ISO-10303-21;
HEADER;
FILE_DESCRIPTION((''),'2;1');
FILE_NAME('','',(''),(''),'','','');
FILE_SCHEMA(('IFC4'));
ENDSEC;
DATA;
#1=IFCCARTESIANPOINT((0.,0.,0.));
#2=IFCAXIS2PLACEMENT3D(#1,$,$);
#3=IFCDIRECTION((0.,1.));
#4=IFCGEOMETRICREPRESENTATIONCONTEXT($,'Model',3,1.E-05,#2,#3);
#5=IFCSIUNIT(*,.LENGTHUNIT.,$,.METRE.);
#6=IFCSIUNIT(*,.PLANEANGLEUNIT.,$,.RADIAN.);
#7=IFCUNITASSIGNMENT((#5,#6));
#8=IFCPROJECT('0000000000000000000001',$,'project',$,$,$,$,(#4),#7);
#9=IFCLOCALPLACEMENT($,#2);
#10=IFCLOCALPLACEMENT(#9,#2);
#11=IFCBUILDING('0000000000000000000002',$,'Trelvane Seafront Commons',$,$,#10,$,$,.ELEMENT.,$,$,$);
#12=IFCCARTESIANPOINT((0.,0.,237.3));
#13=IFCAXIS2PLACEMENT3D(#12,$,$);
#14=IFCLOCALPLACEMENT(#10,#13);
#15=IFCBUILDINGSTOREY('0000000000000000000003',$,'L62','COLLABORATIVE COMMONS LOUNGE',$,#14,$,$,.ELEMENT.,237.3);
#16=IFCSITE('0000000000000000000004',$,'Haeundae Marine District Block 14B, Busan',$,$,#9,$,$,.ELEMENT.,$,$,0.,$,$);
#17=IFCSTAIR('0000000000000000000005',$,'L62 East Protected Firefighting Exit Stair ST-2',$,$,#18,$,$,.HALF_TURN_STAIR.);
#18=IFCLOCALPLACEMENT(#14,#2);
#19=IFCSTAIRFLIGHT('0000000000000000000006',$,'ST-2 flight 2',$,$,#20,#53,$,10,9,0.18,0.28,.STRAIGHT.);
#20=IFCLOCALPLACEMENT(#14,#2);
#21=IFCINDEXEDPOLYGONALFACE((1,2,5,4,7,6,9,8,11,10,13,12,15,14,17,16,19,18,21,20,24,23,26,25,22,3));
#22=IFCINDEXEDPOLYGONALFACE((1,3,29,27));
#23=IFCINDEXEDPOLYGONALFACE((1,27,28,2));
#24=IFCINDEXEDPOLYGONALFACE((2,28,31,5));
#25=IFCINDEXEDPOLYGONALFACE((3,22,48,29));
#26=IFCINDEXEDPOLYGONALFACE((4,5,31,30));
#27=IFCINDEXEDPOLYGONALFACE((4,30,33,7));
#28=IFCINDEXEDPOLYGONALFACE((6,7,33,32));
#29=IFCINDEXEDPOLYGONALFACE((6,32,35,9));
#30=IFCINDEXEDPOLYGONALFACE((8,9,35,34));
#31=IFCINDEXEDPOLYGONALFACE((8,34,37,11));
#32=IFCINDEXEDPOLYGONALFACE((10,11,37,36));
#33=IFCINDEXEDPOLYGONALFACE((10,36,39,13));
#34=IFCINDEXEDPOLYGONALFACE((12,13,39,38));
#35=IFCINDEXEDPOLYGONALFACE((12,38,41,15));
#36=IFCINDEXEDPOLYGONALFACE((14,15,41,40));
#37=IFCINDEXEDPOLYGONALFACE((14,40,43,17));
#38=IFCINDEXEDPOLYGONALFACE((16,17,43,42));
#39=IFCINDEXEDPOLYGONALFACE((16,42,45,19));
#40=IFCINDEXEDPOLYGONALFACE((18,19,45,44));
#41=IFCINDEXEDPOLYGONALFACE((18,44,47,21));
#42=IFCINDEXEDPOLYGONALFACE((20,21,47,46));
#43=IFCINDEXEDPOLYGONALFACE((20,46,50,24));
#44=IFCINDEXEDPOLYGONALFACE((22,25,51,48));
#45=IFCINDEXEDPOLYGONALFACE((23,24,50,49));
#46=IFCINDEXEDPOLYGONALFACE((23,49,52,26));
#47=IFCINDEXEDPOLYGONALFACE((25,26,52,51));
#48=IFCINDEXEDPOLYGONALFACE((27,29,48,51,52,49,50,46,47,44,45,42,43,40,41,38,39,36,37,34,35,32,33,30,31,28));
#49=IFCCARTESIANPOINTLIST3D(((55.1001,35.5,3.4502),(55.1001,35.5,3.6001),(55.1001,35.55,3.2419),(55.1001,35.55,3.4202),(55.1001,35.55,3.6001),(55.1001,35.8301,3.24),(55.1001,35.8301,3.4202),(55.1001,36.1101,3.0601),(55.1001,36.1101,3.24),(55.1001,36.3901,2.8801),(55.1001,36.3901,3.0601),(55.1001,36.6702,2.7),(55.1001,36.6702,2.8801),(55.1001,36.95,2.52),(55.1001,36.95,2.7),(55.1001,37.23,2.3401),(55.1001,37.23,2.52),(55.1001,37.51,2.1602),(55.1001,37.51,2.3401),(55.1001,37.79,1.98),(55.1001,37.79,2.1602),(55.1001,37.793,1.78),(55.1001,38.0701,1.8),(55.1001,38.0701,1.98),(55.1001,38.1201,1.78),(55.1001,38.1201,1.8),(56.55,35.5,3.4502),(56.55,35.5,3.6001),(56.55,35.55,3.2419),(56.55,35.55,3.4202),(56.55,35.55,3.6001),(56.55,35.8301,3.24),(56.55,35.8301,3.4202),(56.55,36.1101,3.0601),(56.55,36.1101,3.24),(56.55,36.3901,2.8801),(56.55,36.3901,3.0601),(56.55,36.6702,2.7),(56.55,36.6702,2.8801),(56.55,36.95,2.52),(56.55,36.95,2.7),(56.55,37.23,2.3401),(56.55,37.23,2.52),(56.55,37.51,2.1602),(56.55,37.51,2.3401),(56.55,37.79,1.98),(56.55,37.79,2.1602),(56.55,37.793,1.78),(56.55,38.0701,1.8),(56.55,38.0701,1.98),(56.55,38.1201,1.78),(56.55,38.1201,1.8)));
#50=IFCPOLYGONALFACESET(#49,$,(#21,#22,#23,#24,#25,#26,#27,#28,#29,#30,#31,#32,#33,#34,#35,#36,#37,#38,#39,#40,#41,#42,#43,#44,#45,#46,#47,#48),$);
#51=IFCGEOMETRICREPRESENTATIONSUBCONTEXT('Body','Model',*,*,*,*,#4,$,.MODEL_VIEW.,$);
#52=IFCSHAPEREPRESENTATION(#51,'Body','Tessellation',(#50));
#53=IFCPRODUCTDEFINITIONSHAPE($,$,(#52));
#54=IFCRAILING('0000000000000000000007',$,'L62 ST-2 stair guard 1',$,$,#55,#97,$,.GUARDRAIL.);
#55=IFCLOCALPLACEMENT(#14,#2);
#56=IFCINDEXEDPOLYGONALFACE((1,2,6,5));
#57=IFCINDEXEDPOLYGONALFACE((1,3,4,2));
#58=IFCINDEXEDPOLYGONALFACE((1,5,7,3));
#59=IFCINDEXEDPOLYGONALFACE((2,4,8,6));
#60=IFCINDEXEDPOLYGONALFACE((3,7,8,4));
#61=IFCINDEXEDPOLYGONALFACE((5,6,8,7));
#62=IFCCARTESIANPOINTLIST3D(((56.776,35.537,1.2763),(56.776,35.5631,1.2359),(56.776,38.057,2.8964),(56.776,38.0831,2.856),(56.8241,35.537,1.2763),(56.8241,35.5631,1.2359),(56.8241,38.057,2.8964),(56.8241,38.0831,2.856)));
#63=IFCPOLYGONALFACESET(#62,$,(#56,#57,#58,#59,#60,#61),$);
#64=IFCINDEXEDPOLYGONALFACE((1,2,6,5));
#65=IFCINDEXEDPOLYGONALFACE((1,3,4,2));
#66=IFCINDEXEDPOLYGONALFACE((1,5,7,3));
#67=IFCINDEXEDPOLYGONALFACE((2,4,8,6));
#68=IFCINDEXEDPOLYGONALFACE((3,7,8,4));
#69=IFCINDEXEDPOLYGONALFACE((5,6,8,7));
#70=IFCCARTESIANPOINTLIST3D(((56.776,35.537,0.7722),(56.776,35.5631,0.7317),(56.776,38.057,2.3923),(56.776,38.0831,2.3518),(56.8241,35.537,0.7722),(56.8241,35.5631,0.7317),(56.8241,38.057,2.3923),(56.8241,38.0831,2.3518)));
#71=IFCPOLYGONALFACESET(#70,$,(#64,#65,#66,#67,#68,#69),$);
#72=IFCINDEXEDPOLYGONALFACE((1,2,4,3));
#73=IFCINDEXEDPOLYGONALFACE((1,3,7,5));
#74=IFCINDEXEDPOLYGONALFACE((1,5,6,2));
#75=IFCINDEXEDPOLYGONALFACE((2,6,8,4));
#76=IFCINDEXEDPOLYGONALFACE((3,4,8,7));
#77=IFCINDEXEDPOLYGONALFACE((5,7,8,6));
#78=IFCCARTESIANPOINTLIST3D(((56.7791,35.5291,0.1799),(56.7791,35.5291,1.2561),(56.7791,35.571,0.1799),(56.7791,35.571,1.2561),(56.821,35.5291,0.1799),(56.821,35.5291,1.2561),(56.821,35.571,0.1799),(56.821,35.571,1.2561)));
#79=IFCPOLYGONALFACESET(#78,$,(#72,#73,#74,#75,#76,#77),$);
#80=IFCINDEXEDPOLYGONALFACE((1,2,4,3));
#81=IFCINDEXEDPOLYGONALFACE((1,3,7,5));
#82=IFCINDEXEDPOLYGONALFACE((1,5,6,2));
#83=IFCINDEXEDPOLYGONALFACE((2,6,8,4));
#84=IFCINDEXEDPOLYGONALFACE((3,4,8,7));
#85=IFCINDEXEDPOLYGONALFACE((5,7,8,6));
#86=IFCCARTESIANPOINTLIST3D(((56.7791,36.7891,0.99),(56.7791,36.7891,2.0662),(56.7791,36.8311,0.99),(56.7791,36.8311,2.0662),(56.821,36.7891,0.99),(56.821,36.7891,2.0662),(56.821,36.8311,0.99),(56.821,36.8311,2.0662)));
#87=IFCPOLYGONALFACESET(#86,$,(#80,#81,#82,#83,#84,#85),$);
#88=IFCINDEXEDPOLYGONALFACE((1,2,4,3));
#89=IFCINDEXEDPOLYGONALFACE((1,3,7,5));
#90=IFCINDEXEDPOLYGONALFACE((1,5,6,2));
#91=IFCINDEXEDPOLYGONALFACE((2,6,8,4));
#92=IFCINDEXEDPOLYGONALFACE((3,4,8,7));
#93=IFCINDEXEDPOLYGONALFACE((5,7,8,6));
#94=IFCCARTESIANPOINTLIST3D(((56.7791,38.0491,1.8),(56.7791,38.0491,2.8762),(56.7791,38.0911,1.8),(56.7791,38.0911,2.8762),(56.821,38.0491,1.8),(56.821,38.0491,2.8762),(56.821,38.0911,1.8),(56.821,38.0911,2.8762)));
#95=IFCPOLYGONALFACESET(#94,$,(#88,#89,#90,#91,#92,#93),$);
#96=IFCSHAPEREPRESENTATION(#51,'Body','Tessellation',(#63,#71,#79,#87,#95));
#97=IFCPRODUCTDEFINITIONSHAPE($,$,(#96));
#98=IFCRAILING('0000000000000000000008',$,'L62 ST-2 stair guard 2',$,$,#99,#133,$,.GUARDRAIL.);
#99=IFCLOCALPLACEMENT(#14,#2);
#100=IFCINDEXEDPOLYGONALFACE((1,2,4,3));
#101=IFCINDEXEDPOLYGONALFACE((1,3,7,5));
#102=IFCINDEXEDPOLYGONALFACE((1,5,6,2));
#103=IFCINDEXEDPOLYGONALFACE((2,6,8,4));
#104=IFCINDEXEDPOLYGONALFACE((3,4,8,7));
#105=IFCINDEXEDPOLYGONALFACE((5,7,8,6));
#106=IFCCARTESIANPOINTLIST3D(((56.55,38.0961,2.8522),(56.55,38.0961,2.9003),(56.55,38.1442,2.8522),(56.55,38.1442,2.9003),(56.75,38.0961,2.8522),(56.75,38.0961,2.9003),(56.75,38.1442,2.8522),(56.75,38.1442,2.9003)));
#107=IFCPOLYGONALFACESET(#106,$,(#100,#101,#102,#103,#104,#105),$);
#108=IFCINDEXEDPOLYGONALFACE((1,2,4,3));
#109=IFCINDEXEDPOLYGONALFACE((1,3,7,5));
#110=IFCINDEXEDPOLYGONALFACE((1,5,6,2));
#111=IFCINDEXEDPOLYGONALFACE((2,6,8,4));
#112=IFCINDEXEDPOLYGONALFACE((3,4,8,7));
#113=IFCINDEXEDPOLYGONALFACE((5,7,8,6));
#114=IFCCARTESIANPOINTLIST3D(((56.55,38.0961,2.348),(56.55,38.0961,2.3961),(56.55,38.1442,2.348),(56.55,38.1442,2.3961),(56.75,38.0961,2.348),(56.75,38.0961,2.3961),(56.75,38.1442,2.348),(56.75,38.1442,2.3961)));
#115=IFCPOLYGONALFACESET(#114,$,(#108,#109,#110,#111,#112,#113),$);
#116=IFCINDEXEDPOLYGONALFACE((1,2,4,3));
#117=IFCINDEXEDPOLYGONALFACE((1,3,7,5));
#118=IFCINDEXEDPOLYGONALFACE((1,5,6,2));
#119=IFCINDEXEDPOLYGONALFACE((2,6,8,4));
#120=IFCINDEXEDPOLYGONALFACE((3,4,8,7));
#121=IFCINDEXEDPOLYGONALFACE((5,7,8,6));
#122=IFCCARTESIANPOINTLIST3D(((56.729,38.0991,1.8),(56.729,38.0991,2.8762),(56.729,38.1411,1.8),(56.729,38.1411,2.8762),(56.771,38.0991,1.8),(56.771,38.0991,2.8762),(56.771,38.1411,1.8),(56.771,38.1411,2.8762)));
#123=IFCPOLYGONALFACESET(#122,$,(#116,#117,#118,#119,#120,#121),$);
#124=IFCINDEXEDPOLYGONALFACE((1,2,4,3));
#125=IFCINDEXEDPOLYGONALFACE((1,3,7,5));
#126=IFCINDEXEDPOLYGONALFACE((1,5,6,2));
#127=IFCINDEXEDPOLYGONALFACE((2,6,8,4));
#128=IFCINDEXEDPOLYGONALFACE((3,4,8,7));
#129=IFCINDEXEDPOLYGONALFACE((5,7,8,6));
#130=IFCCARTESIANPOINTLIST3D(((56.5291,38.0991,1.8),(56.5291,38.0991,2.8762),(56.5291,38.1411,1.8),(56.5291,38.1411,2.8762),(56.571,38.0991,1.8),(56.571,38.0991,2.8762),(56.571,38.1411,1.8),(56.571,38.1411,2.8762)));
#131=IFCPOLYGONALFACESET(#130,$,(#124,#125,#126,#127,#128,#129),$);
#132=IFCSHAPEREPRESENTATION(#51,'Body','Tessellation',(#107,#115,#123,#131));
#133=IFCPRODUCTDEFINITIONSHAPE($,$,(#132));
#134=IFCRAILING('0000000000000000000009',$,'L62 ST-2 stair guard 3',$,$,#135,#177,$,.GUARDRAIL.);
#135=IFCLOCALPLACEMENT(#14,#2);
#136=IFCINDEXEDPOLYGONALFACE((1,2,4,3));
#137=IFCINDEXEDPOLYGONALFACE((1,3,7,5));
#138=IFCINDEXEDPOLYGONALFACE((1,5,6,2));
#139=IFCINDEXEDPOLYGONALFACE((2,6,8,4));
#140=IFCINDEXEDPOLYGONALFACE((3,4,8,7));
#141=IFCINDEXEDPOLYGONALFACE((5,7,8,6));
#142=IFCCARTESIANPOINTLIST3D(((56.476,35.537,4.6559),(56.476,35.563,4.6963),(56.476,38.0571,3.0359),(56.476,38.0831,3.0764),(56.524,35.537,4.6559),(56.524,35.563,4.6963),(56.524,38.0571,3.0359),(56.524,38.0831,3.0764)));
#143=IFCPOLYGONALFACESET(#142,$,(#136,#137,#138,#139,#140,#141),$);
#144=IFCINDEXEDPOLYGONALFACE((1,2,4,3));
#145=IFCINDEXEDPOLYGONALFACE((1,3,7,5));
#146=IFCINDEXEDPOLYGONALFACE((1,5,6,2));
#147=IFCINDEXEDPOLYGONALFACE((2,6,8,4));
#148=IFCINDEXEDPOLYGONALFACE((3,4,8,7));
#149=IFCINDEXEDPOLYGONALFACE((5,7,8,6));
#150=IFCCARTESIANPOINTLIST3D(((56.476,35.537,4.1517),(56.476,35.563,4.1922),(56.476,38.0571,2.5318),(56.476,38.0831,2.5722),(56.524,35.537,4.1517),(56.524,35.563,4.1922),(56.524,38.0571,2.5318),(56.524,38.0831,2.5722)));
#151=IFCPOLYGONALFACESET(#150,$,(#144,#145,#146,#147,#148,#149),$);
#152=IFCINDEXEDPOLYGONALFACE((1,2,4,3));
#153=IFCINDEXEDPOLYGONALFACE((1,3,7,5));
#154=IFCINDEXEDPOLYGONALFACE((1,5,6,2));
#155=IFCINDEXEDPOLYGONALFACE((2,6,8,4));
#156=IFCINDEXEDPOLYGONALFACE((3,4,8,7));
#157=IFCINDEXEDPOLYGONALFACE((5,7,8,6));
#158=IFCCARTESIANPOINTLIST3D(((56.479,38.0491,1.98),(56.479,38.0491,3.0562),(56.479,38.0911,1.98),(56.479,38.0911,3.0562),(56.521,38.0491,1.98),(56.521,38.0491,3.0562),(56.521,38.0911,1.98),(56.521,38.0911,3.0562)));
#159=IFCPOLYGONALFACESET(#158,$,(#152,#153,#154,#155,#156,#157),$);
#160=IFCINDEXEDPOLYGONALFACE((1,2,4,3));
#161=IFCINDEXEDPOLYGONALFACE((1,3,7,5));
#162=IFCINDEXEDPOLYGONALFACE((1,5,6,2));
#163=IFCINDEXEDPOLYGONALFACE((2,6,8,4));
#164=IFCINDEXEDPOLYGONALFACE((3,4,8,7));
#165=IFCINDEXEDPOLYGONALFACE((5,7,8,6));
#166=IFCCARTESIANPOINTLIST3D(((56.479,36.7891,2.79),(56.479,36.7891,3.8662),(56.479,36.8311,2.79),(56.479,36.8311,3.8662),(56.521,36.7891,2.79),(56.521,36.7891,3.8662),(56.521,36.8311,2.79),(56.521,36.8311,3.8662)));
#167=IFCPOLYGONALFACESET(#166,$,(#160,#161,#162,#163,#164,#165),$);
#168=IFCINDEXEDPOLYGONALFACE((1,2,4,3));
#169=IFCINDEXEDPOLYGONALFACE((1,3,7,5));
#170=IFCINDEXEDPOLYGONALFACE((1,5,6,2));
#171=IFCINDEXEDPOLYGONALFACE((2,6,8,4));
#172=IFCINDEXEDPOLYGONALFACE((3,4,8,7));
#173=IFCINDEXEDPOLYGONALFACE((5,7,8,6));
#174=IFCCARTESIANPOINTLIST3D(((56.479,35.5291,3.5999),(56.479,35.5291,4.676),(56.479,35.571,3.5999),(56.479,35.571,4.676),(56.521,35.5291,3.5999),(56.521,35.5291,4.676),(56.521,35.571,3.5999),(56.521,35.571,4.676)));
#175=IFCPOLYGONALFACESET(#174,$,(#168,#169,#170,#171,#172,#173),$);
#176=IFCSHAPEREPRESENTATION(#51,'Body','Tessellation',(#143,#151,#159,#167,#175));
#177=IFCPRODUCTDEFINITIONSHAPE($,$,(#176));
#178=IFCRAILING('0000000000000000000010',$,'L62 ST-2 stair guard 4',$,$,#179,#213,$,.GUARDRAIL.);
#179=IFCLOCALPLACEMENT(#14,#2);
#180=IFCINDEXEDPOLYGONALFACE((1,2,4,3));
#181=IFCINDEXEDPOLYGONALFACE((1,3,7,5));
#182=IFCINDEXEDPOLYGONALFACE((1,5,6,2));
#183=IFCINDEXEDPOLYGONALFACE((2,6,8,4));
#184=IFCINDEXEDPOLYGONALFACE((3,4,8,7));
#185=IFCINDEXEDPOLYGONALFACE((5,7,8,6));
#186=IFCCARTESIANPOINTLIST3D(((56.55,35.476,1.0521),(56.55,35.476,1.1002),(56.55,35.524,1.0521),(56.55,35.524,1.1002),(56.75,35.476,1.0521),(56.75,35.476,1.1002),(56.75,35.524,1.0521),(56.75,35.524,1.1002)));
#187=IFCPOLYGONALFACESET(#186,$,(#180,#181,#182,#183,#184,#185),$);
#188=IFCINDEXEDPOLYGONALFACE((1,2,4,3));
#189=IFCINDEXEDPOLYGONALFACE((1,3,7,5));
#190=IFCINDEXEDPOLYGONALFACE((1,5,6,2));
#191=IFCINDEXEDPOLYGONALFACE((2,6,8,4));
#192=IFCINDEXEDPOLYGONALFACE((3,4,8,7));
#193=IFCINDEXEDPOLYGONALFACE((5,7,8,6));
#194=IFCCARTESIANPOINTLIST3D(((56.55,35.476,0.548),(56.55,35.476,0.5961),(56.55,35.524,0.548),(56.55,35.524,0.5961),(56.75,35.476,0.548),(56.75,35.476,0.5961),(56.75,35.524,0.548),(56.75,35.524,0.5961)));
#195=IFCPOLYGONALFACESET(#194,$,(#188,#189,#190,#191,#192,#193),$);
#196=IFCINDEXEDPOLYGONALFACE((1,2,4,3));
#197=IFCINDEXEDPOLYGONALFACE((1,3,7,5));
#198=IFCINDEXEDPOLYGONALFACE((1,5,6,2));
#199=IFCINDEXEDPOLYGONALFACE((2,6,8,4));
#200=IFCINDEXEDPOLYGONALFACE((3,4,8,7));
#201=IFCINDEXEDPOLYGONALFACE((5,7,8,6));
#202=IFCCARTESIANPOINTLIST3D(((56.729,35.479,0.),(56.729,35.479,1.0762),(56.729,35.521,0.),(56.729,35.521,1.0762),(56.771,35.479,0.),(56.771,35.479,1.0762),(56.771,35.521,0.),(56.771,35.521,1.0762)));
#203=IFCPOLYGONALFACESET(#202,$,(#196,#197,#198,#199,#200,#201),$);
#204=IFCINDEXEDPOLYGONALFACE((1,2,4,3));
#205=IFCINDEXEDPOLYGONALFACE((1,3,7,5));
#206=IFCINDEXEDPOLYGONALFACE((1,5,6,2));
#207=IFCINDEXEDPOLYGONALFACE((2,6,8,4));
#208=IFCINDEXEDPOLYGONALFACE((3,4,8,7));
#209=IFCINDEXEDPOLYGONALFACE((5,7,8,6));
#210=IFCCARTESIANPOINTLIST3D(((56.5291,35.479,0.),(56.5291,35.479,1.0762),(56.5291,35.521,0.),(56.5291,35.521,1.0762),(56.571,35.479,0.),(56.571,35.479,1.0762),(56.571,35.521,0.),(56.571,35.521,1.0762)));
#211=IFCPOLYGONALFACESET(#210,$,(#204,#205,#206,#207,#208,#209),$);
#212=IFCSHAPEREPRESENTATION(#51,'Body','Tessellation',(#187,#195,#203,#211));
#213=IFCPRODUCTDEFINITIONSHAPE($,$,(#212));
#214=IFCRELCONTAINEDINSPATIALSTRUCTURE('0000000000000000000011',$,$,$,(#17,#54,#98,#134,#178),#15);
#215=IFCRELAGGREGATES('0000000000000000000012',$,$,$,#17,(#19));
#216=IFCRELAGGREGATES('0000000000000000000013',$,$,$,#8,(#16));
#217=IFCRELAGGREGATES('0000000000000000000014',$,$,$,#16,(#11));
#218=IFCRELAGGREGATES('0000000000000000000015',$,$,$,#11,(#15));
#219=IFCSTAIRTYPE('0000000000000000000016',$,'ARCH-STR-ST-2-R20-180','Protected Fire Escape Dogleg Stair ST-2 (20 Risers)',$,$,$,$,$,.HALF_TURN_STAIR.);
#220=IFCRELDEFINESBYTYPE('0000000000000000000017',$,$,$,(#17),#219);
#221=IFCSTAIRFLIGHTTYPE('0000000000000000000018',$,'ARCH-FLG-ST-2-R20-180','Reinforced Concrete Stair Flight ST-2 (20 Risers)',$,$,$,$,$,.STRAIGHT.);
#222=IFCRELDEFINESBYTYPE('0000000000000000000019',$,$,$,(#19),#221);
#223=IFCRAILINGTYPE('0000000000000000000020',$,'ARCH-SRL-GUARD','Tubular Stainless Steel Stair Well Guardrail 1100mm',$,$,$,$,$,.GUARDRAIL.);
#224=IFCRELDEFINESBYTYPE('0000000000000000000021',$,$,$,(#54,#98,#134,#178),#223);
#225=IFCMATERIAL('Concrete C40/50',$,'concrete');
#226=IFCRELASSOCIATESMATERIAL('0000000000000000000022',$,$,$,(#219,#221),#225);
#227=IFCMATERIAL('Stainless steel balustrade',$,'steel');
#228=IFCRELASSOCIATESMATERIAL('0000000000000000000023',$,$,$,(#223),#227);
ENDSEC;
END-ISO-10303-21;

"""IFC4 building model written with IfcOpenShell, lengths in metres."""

from ifc_helpers import new_model, si_unit, direction, frame, origin, origin_2d, place, context, subcontext, project, spatial, polyline, rectangle, outline, extrude, source, transform, mapped, material, type_object, element, aggregate, save


model = new_model("IFC4")

# Units and contexts
model_context = context("Model", 3, precision=1e-05, world=origin(), true_north=direction((0.0, 1.0)))
body_context = subcontext(model_context, "Body", "Model", "MODEL_VIEW")
ifc_project = project(units=[si_unit("LENGTHUNIT", "METRE"), si_unit("PLANEANGLEUNIT", "RADIAN")], contexts=[model_context])

# Site, building, storey
site_placement = place(None, origin())
site = spatial("IfcSite", under=ifc_project, at=site_placement, Name="Haeundae Marine District Block 14B, Busan", CompositionType="ELEMENT", RefElevation=0.0)
building_placement = place(site_placement, origin())
building = spatial("IfcBuilding", under=site, at=building_placement, Name="Trelvane Seafront Commons", CompositionType="ELEMENT")
storey_placement = place(building_placement, frame((0.0, 0.0, 237.3)))
storey = spatial("IfcBuildingStorey", under=building, at=storey_placement, Name="L62", Description="COLLABORATIVE COMMONS LOUNGE", CompositionType="ELEMENT", Elevation=237.3)

# Shared definitions
ifc_material_1 = material(Name="Concrete C40/50", Category="concrete")

# Stair, stair flight
stair_type = type_object("IfcStairType", Name="ARCH-STR-ST-2-R20-180", Description="Protected Fire Escape Dogleg Stair ST-2 (20 Risers)", PredefinedType="HALF_TURN_STAIR", material=ifc_material_1)
stair_placement = place(storey_placement, origin())
stair = element("IfcStair", 1, at=stair_placement, inside=storey, type_object=stair_type, Name="L62 East Protected Firefighting Exit Stair ST-2", PredefinedType="HALF_TURN_STAIR")
stair_flight_type = type_object("IfcStairFlightType", Name="ARCH-FLG-ST-2-R20-180", Description="Reinforced Concrete Stair Flight ST-2 (20 Risers)", PredefinedType="STRAIGHT", material=ifc_material_1)
shared_shape_1 = source(origin(), body_context, "Body", "SweptSolid", [
    extrude(outline(polyline([(-0.05, -0.02), (-0.05, 0.0), (0.0, 0.0), (0.0, 0.1799), (0.28, 0.1799), (0.28, 0.3601), (0.5601, 0.3601), (0.5601, 0.54), (0.8401, 0.54), (0.8401, 0.72), (1.1201, 0.72), (1.1201, 0.8999), (1.3999, 0.8999), (1.3999, 1.0801), (1.6799, 1.0801), (1.6799, 1.26), (1.96, 1.26), (1.96, 1.4399), (2.24, 1.4399), (2.24, 1.6201), (2.52, 1.6201), (2.52, 1.8), (2.5701, 1.8), (2.5701, 1.6501), (2.52, 1.4419), (0.2771, -0.02), (-0.05, -0.02)])), frame((0.0, 0.7251, 0.0), z_axis=(0.0, -1.0, 0.0), x_axis=(1.0, 0.0, 0.0)), (0.0, 0.0, 1.0), 1.45),
])
stair_flight_1_placement = place(storey_placement, frame((55.825, 38.0701, 1.8), z_axis=(0.0, 0.0, 1.0), x_axis=(0.0, -1.0, 0.0)))
stair_flight_1 = element("IfcStairFlight", 2, at=stair_flight_1_placement, type_object=stair_flight_type, Name="ST-2 flight 2", NumberOfRisers=10, NumberOfTreads=9, PredefinedType="STRAIGHT", RiserHeight=0.18, TreadLength=0.28, context=body_context, shape_type="MappedRepresentation", body=[
    mapped(shared_shape_1, transform((0.0, 0.0, 0.0), x_axis=(1.0, 0.0, 0.0), y_axis=(0.0, 1.0, 0.0), z_axis=(0.0, 0.0, 1.0), scale=1.0)),
])
aggregate(stair, [stair_flight_1])

# Railings
ifc_material_2 = material(Name="Stainless steel balustrade", Category="steel")
railing_type_1 = type_object("IfcRailingType", Name="ARCH-SRL-GUARD", Description="Tubular Stainless Steel Stair Well Guardrail 1100mm", PredefinedType="GUARDRAIL", material=ifc_material_2)
railing_1_placement = place(storey_placement, frame((56.8, 35.55, 0.1799)))
element("IfcRailing", 3, at=railing_1_placement, inside=storey, type_object=railing_type_1, Name="L62 ST-2 stair guard 1", PredefinedType="GUARDRAIL", context=body_context, shape_type="SweptSolid", body=[
    extrude(rectangle(XDim=0.0481, YDim=0.0481, at=origin_2d()), frame((0.0, 0.0, 1.0762), z_axis=(0.0, 0.841163, 0.540782), x_axis=(-1.0, 0.0, 0.0)), (0.0, 0.0, 1.0), 2.9958),
    extrude(rectangle(XDim=0.0481, YDim=0.0481, at=origin_2d()), frame((0.0, 0.0, 0.572), z_axis=(0.0, 0.841163, 0.540782), x_axis=(-1.0, 0.0, 0.0)), (0.0, 0.0, 1.0), 2.9958),
    extrude(rectangle(XDim=0.042, YDim=0.042, at=origin_2d()), origin(), (0.0, 0.0, 1.0), 1.0762),
    extrude(rectangle(XDim=0.042, YDim=0.042, at=origin_2d()), frame((0.0, 1.26, 0.8101)), (0.0, 0.0, 1.0), 1.0762),
    extrude(rectangle(XDim=0.042, YDim=0.042, at=origin_2d()), frame((0.0, 2.52, 1.6201)), (0.0, 0.0, 1.0), 1.0762),
])
railing_2_placement = place(storey_placement, frame((56.75, 38.1201, 1.8)))
element("IfcRailing", 4, at=railing_2_placement, inside=storey, type_object=railing_type_1, Name="L62 ST-2 stair guard 2", PredefinedType="GUARDRAIL", context=body_context, shape_type="SweptSolid", body=[
    extrude(rectangle(XDim=0.0481, YDim=0.0481, at=origin_2d()), frame((0.0, 0.0, 1.0762), z_axis=(-1.0, 0.0, 0.0), x_axis=(0.0, -1.0, 0.0)), (0.0, 0.0, 1.0), 0.2),
    extrude(rectangle(XDim=0.0481, YDim=0.0481, at=origin_2d()), frame((0.0, 0.0, 0.572), z_axis=(-1.0, 0.0, 0.0), x_axis=(0.0, -1.0, 0.0)), (0.0, 0.0, 1.0), 0.2),
    extrude(rectangle(XDim=0.042, YDim=0.042, at=origin_2d()), origin(), (0.0, 0.0, 1.0), 1.0762),
    extrude(rectangle(XDim=0.042, YDim=0.042, at=origin_2d()), frame((-0.2, 0.0, 0.0)), (0.0, 0.0, 1.0), 1.0762),
])
railing_3_placement = place(storey_placement, frame((56.5, 38.0701, 1.98)))
element("IfcRailing", 5, at=railing_3_placement, inside=storey, type_object=railing_type_1, Name="L62 ST-2 stair guard 3", PredefinedType="GUARDRAIL", context=body_context, shape_type="SweptSolid", body=[
    extrude(rectangle(XDim=0.0481, YDim=0.0481, at=origin_2d()), frame((0.0, 0.0, 1.0762), z_axis=(0.0, -0.8412, 0.540725), x_axis=(1.0, 0.0, 0.0)), (0.0, 0.0, 1.0), 2.9958),
    extrude(rectangle(XDim=0.0481, YDim=0.0481, at=origin_2d()), frame((0.0, 0.0, 0.572), z_axis=(0.0, -0.8412, 0.540725), x_axis=(1.0, 0.0, 0.0)), (0.0, 0.0, 1.0), 2.9958),
    extrude(rectangle(XDim=0.042, YDim=0.042, at=origin_2d()), origin(), (0.0, 0.0, 1.0), 1.0762),
    extrude(rectangle(XDim=0.042, YDim=0.042, at=origin_2d()), frame((0.0, -1.26, 0.8101)), (0.0, 0.0, 1.0), 1.0762),
    extrude(rectangle(XDim=0.042, YDim=0.042, at=origin_2d()), frame((0.0, -2.52, 1.6199)), (0.0, 0.0, 1.0), 1.0762),
])
railing_4_placement = place(storey_placement, frame((56.75, 35.5, 0.0)))
element("IfcRailing", 6, at=railing_4_placement, inside=storey, type_object=railing_type_1, Name="L62 ST-2 stair guard 4", PredefinedType="GUARDRAIL", context=body_context, shape_type="SweptSolid", body=[
    extrude(rectangle(XDim=0.0481, YDim=0.0481, at=origin_2d()), frame((0.0, 0.0, 1.0762), z_axis=(-1.0, 0.0, 0.0), x_axis=(0.0, -1.0, 0.0)), (0.0, 0.0, 1.0), 0.2),
    extrude(rectangle(XDim=0.0481, YDim=0.0481, at=origin_2d()), frame((0.0, 0.0, 0.572), z_axis=(-1.0, 0.0, 0.0), x_axis=(0.0, -1.0, 0.0)), (0.0, 0.0, 1.0), 0.2),
    extrude(rectangle(XDim=0.042, YDim=0.042, at=origin_2d()), origin(), (0.0, 0.0, 1.0), 1.0762),
    extrude(rectangle(XDim=0.042, YDim=0.042, at=origin_2d()), frame((-0.2, 0.0, 0.0)), (0.0, 0.0, 1.0), 1.0762),
])

save(model, "model.ifc")
